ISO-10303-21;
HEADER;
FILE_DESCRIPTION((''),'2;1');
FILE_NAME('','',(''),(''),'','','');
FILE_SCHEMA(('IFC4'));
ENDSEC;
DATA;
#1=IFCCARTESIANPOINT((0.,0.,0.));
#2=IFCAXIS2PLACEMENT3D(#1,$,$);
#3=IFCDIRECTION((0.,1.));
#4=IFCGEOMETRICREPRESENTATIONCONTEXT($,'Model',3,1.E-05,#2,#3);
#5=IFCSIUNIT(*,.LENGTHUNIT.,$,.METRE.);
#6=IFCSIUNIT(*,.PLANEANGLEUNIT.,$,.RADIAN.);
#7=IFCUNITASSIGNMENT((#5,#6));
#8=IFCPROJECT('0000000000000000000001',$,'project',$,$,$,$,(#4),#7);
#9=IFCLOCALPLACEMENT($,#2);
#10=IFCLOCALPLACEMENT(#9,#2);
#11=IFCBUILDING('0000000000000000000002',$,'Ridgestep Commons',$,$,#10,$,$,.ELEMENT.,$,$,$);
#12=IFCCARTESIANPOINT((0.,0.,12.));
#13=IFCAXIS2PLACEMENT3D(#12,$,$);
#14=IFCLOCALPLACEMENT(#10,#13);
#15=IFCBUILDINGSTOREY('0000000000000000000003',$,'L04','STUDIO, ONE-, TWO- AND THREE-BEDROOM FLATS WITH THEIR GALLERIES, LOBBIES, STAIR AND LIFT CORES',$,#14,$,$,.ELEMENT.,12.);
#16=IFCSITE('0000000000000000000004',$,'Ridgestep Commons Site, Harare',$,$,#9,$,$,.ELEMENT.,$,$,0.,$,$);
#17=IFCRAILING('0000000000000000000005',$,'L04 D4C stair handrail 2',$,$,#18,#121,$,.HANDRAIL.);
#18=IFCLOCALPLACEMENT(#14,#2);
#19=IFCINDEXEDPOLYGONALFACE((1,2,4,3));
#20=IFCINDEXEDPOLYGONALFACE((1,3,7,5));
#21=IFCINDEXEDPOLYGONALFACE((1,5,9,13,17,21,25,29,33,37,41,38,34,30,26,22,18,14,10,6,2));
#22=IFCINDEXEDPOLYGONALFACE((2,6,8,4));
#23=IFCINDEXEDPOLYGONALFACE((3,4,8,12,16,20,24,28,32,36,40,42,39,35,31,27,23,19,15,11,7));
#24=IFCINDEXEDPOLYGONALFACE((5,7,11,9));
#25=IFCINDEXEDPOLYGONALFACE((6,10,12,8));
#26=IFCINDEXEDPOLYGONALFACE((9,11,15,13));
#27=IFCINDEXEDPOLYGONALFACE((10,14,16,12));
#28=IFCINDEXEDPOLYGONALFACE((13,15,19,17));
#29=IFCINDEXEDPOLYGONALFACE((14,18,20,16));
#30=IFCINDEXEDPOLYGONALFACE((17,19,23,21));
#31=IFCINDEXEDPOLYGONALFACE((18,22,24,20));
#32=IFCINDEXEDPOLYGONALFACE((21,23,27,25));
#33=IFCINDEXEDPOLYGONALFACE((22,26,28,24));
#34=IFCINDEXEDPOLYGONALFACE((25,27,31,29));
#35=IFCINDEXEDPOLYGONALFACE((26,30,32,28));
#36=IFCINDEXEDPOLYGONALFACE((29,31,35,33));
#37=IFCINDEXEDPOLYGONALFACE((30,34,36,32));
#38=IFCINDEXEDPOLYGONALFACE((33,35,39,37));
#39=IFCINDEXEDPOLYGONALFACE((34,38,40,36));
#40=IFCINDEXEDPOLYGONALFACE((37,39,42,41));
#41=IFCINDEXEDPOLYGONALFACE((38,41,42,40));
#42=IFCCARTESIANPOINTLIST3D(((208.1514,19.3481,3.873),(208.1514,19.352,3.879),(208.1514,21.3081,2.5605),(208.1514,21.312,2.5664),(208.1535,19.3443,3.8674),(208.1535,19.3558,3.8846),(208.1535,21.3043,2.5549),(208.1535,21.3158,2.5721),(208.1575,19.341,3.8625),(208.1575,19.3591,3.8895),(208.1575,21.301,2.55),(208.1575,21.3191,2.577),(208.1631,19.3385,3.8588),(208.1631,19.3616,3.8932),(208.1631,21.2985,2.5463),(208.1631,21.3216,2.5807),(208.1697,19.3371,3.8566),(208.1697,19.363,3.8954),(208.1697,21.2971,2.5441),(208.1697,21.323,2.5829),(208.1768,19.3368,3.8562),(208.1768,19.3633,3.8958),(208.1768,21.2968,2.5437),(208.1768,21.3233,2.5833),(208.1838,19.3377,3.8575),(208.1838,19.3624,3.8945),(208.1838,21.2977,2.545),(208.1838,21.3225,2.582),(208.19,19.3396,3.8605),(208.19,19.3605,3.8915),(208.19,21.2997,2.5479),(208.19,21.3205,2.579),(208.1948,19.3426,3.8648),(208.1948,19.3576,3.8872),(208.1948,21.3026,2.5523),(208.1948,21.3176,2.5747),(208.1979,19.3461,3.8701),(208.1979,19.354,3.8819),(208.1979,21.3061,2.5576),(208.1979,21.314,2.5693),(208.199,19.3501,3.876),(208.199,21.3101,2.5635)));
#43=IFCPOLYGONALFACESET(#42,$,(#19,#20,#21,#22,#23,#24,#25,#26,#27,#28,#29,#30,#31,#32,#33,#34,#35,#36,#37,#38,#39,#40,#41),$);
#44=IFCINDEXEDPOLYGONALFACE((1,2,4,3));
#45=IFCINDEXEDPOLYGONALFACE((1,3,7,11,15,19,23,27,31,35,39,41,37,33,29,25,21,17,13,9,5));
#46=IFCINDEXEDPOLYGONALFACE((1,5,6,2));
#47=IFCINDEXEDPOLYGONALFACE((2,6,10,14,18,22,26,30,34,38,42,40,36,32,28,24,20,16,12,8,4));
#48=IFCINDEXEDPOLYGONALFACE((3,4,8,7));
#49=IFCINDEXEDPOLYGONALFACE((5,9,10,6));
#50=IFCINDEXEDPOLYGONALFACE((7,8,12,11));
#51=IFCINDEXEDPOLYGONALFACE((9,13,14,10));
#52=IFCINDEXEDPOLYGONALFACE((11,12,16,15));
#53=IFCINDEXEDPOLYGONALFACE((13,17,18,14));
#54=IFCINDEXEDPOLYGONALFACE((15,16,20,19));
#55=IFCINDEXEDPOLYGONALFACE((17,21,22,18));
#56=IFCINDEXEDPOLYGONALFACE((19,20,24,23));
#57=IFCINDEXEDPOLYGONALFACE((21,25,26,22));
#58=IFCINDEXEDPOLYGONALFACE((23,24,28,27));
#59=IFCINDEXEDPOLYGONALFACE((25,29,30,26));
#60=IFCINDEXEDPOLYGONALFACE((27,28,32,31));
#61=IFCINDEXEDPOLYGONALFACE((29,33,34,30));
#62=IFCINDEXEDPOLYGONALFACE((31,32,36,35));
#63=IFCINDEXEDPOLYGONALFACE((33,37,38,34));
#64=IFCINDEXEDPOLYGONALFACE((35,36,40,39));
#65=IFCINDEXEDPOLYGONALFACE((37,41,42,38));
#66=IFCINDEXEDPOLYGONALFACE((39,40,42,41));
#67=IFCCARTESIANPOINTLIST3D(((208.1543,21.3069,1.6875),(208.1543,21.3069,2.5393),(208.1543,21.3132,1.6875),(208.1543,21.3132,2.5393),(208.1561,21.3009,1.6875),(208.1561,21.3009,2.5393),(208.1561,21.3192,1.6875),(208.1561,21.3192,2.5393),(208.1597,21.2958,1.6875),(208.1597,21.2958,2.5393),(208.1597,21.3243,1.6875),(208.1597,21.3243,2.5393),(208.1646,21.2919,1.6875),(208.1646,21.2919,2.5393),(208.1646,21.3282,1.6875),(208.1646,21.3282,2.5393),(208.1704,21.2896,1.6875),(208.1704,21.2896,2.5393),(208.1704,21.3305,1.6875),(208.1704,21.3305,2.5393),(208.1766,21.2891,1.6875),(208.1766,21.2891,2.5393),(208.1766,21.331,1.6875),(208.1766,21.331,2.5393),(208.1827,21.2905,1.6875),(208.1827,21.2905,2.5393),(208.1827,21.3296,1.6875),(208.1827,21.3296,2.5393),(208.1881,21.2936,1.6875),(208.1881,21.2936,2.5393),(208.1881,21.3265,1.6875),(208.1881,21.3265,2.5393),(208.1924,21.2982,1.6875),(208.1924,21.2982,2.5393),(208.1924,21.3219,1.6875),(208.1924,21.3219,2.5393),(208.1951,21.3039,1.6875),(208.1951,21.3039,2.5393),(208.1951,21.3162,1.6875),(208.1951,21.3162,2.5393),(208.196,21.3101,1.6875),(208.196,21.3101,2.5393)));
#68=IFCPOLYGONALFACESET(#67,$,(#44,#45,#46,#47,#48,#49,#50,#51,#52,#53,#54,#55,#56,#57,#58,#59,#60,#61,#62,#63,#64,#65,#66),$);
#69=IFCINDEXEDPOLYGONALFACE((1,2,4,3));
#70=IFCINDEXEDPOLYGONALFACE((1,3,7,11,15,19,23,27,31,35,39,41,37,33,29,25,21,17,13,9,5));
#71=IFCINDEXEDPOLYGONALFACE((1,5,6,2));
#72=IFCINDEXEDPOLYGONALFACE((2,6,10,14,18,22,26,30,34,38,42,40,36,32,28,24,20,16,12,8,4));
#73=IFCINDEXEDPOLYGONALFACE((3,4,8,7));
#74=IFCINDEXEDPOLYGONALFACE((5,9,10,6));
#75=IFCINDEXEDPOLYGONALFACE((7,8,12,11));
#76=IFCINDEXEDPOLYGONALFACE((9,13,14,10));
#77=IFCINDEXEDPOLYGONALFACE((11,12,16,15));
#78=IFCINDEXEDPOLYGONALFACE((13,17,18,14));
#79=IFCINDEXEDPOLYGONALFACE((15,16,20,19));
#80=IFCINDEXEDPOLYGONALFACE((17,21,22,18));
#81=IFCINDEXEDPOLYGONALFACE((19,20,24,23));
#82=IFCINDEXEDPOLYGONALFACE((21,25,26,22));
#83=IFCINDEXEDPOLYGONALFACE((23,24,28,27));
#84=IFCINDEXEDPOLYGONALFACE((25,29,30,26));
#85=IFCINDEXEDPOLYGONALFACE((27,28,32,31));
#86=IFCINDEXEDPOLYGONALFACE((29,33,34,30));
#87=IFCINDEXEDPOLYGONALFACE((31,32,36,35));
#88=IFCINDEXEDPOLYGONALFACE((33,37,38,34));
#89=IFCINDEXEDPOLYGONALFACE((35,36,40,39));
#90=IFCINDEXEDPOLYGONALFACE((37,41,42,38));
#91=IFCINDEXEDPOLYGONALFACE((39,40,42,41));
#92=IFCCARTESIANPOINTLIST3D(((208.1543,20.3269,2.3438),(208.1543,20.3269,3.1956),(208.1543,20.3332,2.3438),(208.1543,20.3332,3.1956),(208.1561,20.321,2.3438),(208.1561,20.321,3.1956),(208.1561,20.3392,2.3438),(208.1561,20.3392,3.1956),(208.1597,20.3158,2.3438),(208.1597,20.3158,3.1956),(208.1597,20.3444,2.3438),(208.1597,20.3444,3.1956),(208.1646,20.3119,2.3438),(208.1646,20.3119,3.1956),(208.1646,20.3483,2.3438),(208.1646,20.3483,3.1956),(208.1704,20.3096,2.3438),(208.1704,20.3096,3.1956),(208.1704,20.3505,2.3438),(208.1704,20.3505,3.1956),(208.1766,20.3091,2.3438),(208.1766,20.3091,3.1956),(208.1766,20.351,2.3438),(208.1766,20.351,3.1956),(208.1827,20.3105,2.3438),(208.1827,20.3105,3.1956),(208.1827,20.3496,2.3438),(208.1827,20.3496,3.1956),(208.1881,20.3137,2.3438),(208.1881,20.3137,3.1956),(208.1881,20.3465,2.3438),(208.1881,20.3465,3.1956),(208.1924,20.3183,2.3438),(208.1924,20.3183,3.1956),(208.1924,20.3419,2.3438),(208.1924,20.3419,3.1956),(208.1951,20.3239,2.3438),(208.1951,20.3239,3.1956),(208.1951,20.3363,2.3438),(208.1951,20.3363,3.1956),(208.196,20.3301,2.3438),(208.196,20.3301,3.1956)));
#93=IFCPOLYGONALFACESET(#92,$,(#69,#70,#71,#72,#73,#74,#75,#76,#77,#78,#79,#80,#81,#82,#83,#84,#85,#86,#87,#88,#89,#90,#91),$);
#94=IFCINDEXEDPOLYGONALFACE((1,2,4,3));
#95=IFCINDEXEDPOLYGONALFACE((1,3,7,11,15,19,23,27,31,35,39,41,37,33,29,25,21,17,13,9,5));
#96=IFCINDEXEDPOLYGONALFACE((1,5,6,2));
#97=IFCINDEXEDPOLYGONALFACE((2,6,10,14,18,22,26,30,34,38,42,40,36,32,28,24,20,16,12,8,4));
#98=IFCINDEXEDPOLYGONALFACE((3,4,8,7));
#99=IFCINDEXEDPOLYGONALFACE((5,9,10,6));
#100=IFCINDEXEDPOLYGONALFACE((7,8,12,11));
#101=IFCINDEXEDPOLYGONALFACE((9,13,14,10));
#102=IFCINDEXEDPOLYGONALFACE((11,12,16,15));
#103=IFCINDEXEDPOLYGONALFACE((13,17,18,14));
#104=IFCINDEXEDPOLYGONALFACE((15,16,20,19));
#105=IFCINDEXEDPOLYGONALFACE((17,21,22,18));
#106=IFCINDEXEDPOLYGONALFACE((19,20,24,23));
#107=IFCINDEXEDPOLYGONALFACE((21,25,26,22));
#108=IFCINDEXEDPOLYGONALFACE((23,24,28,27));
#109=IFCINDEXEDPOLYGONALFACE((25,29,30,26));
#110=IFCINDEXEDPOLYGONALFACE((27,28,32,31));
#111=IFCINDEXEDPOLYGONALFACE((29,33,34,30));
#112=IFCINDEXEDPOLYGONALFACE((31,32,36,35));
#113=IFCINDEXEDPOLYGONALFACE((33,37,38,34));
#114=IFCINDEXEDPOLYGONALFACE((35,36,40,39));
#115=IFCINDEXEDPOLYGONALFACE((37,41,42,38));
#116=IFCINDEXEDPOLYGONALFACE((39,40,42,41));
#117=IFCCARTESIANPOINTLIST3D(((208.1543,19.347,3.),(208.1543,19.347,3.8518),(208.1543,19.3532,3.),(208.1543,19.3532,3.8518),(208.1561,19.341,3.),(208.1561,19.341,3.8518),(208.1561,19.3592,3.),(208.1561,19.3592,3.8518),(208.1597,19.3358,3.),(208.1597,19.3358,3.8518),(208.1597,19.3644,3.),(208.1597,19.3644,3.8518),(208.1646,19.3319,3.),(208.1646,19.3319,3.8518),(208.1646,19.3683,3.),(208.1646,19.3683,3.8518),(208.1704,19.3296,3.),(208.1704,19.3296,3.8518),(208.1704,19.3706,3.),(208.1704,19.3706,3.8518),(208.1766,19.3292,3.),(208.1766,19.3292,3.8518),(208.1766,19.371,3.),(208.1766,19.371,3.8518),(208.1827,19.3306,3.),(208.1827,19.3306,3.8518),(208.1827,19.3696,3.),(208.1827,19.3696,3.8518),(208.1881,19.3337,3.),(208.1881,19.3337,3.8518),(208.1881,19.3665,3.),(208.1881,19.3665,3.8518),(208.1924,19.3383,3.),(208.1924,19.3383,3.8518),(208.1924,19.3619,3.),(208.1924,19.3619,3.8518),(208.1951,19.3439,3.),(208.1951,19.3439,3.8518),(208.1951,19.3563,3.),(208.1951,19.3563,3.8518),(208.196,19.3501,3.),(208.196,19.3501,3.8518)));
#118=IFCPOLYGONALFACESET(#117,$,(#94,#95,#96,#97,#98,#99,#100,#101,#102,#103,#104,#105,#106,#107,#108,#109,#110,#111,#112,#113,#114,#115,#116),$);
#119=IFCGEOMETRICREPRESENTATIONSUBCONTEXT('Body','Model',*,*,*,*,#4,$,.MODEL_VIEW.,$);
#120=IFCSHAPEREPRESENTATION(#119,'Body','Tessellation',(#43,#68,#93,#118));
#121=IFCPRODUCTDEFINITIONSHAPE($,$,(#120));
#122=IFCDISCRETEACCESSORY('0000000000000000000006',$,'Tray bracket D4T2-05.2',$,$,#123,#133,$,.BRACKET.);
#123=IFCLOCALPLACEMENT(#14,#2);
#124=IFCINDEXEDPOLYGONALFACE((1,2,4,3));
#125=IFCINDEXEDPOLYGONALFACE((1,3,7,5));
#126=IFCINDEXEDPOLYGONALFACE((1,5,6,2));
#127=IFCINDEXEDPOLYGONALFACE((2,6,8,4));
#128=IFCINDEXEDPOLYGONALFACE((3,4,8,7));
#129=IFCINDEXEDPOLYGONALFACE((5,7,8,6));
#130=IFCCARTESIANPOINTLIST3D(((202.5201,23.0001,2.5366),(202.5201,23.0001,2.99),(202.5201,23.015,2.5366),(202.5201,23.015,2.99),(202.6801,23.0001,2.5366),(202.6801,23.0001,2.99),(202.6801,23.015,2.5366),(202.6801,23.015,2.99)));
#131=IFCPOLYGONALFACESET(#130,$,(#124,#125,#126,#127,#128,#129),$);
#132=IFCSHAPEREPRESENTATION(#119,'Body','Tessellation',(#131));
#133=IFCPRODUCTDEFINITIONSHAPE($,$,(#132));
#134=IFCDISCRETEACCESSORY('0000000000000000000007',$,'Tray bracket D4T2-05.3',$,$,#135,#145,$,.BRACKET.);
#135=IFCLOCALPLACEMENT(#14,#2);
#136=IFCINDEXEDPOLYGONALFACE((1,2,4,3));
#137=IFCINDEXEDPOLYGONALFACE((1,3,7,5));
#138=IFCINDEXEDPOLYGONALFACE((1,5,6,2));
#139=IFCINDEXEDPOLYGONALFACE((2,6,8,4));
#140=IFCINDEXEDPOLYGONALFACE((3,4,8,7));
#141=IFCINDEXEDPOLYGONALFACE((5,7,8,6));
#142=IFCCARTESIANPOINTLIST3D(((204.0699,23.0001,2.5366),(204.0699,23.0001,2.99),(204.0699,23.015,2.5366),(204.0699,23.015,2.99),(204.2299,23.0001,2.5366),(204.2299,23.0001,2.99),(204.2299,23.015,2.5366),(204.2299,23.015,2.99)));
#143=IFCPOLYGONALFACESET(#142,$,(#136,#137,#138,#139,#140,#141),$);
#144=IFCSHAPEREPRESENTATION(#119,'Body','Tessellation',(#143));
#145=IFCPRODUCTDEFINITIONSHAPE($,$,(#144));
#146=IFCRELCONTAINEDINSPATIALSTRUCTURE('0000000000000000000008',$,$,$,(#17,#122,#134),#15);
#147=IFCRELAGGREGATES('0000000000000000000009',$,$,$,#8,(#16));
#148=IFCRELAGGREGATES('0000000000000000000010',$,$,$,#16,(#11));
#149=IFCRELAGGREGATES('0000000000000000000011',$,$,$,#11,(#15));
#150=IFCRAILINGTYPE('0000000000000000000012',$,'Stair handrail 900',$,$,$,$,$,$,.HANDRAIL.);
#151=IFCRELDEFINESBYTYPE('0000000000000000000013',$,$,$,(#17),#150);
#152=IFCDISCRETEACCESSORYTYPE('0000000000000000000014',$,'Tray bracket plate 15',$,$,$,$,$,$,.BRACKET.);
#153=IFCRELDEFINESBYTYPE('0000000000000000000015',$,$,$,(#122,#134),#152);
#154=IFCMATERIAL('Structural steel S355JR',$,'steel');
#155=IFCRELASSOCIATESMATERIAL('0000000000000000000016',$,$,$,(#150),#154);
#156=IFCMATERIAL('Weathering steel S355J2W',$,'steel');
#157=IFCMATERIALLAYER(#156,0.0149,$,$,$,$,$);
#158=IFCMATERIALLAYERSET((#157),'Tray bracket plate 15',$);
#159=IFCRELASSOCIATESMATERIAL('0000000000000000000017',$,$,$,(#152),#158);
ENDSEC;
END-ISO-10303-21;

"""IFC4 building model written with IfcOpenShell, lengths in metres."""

from ifc_helpers import new_model, si_unit, direction, frame, origin, origin_2d, place, context, subcontext, project, spatial, rectangle, circle, extrude, material, layer, layer_set, type_object, element, save


model = new_model("IFC4")

# Units and contexts
model_context = context("Model", 3, precision=1e-05, world=origin(), true_north=direction((0.0, 1.0)))
body_context = subcontext(model_context, "Body", "Model", "MODEL_VIEW")
ifc_project = project(units=[si_unit("LENGTHUNIT", "METRE"), si_unit("PLANEANGLEUNIT", "RADIAN")], contexts=[model_context])

# Site, building, storey
site_placement = place(None, origin())
site = spatial("IfcSite", under=ifc_project, at=site_placement, Name="Ridgestep Commons Site, Harare", CompositionType="ELEMENT", RefElevation=0.0)
building_placement = place(site_placement, origin())
building = spatial("IfcBuilding", under=site, at=building_placement, Name="Ridgestep Commons", CompositionType="ELEMENT")
storey_placement = place(building_placement, frame((0.0, 0.0, 12.0)))
storey = spatial("IfcBuildingStorey", under=building, at=storey_placement, Name="L04", Description="STUDIO, ONE-, TWO- AND THREE-BEDROOM FLATS WITH THEIR GALLERIES, LOBBIES, STAIR AND LIFT CORES", CompositionType="ELEMENT", Elevation=12.0)

# Railing
ifc_material_1 = material(Name="Structural steel S355JR", Category="steel")
railing_type_1 = type_object("IfcRailingType", Name="Stair handrail 900", PredefinedType="HANDRAIL", material=ifc_material_1)
railing_1_placement = place(storey_placement, frame((208.175, 21.3101, 1.6875)))
element("IfcRailing", 1, at=railing_1_placement, inside=storey, type_object=railing_type_1, Name="L04 D4C stair handrail 2", PredefinedType="HANDRAIL", context=body_context, shape_type="SweptSolid", body=[
    extrude(circle(Radius=0.0239, at=origin_2d()), frame((0.0, 0.0, 0.876), z_axis=(0.0, -0.830902, 0.556419), x_axis=(1.0, 0.0, 0.0)), (0.0, 0.0, 1.0), 2.3589),
    extrude(circle(Radius=0.021, at=origin_2d()), origin(), (0.0, 0.0, 1.0), 0.8518),
    extrude(circle(Radius=0.021, at=origin_2d()), frame((0.0, -0.98, 0.6562)), (0.0, 0.0, 1.0), 0.8518),
    extrude(circle(Radius=0.021, at=origin_2d()), frame((0.0, -1.96, 1.3125)), (0.0, 0.0, 1.0), 0.8518),
])

# Discrete accessories
ifc_material_2 = material(Name="Weathering steel S355J2W", Category="steel")
ifc_layer_1 = layer(ifc_material_2, 0.0149)
ifc_layer_set_1 = layer_set([ifc_layer_1], Name="Tray bracket plate 15")
discrete_accessory_type = type_object("IfcDiscreteAccessoryType", Name="Tray bracket plate 15", PredefinedType="BRACKET", material=ifc_layer_set_1)
for number, where, z_axis, x_axis, name in (
    (2, (202.6001, 23.0076, 2.5366), (0.0, 0.0, 1.0), (1.0, 0.0, 0.0), "Tray bracket D4T2-05.2"),
    (3, (204.1499, 23.0076, 2.5366), (0.0, 0.0, 1.0), (1.0, 0.0, 0.0), "Tray bracket D4T2-05.3"),
):
    element("IfcDiscreteAccessory", number, at=place(storey_placement, frame(where, z_axis=z_axis, x_axis=x_axis)), inside=storey, type_object=discrete_accessory_type, Name=name, PredefinedType="BRACKET", context=body_context, shape_type="SweptSolid", body=[
        extrude(rectangle(XDim=0.1599, YDim=0.0149, at=origin_2d()), origin(), (0.0, 0.0, 1.0), 0.4534),
    ])

save(model, "model.ifc")
